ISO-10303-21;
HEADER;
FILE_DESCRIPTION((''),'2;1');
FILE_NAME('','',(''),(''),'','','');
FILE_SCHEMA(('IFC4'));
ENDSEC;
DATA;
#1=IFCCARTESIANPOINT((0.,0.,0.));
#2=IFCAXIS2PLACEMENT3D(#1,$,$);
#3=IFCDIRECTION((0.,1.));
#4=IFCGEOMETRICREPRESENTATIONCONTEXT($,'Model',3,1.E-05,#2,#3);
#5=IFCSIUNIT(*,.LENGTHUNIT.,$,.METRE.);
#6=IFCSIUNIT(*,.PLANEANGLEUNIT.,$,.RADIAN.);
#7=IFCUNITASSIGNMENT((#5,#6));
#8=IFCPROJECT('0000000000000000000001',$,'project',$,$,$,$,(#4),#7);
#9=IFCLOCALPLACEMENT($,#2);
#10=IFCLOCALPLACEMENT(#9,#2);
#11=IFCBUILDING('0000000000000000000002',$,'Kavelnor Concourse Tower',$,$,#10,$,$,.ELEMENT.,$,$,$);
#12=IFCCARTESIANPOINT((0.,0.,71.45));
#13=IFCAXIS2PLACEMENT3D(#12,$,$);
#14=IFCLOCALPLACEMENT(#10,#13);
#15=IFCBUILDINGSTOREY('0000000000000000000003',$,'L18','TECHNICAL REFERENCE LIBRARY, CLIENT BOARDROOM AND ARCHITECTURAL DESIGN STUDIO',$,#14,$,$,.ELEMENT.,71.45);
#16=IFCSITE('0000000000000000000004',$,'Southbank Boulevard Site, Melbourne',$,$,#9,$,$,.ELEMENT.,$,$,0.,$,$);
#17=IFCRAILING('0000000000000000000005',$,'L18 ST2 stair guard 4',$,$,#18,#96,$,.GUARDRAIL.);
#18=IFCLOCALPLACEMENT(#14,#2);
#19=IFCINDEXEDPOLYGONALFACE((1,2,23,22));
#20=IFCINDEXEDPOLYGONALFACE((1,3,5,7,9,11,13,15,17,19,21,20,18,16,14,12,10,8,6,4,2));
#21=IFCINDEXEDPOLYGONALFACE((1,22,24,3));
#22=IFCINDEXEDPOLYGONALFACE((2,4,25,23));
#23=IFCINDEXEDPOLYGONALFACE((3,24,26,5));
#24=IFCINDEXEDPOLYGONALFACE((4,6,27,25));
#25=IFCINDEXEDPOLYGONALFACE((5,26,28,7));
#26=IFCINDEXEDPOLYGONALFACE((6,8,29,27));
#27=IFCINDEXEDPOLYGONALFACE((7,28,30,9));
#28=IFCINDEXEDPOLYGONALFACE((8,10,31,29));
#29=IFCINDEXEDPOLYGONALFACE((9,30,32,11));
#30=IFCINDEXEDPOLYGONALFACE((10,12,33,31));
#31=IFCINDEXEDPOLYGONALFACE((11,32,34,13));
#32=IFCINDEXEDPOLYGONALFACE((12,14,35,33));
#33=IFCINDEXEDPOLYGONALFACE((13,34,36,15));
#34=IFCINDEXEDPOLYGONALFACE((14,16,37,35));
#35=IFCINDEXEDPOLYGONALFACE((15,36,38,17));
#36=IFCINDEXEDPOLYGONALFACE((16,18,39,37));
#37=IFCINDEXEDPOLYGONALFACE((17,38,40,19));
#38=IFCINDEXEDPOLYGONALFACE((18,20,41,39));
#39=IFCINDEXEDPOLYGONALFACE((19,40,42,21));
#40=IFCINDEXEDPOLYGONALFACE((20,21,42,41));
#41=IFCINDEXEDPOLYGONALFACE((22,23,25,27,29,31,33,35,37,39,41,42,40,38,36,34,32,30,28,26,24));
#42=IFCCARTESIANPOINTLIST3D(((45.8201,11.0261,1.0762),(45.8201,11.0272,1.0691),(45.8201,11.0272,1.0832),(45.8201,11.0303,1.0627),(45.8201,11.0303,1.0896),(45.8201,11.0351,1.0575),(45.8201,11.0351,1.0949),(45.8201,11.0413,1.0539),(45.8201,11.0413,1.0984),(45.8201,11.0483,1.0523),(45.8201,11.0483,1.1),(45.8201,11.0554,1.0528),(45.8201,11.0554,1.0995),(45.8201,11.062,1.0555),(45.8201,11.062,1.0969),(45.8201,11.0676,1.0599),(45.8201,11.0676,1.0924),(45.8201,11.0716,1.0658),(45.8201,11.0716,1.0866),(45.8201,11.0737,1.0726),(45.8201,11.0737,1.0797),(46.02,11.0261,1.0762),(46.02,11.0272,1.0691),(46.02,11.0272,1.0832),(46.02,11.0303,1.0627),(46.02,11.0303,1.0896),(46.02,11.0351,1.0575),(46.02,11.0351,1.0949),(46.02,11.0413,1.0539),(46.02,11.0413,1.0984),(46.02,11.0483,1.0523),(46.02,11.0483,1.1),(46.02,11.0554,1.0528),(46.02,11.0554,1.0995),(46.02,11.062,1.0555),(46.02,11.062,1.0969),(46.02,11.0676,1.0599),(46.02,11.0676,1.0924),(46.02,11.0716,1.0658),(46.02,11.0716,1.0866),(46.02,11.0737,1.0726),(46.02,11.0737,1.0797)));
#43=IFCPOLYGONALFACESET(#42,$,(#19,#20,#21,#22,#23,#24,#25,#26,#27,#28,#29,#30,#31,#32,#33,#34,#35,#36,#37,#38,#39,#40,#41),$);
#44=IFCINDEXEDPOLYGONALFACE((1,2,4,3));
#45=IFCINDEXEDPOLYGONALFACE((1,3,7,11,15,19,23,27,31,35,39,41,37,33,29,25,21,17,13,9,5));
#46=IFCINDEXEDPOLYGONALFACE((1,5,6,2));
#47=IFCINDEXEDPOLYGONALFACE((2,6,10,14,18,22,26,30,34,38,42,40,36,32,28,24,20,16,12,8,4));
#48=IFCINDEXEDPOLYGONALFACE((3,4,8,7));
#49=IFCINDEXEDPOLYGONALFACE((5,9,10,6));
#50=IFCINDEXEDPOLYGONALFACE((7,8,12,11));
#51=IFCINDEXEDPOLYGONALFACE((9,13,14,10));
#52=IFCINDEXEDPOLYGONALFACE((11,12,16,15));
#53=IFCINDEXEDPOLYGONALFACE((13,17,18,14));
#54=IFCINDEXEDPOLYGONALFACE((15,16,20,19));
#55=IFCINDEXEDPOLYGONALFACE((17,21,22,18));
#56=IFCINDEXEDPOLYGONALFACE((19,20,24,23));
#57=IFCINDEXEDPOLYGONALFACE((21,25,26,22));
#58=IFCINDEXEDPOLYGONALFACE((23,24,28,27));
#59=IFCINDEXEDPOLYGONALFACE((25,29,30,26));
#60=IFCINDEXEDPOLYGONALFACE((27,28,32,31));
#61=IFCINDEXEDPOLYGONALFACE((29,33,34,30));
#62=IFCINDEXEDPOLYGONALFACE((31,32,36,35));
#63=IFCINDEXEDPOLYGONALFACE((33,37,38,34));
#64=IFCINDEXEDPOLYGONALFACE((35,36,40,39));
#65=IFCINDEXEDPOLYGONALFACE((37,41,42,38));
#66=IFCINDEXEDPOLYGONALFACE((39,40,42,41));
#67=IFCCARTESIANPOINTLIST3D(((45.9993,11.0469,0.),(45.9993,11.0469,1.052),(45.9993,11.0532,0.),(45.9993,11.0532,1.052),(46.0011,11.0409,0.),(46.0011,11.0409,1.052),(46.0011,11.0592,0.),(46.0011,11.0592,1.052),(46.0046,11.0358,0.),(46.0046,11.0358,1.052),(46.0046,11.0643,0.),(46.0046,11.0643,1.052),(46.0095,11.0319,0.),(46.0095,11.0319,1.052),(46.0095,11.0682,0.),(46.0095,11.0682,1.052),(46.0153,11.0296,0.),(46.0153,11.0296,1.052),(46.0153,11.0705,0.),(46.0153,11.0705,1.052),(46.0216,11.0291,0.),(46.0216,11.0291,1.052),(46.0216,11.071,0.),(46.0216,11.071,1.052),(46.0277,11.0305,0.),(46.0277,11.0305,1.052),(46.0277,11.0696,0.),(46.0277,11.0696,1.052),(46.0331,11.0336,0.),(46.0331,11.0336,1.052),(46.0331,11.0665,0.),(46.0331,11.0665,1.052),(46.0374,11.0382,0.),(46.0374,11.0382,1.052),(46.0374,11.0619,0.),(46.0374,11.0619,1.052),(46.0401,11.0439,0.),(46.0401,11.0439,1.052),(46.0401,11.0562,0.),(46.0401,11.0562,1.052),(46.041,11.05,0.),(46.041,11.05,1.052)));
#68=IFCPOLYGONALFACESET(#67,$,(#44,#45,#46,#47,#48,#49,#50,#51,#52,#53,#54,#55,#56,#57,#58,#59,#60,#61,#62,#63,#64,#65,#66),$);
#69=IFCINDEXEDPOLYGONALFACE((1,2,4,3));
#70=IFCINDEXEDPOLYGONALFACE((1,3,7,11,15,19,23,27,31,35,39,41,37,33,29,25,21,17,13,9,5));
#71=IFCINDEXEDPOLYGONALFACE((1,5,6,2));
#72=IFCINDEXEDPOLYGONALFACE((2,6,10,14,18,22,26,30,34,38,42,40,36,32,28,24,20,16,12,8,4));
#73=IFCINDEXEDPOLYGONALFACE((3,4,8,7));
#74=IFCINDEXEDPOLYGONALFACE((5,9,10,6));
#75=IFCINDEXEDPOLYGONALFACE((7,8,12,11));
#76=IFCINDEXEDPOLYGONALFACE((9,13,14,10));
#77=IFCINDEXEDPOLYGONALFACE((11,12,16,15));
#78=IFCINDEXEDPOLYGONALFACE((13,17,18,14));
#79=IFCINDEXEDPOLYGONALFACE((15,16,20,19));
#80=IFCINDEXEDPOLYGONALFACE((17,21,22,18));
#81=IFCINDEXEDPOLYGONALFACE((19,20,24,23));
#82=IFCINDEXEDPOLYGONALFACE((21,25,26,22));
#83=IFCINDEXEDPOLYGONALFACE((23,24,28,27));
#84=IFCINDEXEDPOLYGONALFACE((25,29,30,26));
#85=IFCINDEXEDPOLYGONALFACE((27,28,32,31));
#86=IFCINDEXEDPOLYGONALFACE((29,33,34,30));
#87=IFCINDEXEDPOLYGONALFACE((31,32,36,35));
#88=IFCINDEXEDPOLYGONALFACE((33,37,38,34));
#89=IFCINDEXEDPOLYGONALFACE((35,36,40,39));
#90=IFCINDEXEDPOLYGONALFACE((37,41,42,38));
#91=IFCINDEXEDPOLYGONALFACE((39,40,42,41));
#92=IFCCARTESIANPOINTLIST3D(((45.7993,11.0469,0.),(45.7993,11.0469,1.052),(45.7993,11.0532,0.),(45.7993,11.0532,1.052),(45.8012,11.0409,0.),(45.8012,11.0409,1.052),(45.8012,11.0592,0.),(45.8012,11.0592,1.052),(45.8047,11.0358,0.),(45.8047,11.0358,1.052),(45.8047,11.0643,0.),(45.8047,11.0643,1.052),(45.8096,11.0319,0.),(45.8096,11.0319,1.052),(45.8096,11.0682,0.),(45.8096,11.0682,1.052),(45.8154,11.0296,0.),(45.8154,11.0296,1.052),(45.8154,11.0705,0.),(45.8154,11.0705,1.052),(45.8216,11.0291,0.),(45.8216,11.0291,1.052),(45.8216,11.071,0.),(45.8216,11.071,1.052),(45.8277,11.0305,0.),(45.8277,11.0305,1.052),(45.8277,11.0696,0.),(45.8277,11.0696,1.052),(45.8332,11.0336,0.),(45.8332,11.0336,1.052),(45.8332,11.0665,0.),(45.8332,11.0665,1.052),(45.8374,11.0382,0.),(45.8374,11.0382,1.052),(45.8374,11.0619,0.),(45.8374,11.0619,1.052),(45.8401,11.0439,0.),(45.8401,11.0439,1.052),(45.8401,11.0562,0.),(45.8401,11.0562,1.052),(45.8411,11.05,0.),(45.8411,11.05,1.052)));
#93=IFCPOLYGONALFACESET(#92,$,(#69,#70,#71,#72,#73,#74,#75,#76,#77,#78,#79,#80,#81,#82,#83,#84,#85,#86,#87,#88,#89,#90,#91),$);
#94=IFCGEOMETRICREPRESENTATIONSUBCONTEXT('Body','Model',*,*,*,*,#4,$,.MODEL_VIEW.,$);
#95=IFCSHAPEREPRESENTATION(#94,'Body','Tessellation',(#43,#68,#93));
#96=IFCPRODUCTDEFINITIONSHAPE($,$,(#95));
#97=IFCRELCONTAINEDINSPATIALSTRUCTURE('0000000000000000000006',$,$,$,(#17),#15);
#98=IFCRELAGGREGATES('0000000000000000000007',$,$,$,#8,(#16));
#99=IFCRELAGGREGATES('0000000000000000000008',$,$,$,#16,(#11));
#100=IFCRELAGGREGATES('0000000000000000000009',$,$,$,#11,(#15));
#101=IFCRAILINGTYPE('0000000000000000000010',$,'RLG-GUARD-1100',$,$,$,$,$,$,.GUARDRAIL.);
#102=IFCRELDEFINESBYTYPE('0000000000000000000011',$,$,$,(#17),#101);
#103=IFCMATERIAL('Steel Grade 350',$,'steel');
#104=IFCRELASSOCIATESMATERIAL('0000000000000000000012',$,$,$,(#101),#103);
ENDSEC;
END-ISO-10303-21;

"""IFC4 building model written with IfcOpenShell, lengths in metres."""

from ifc_helpers import new_model, si_unit, direction, frame, origin, origin_2d, place, context, subcontext, project, spatial, circle, extrude, material, type_object, element, save


model = new_model("IFC4")

# Units and contexts
model_context = context("Model", 3, precision=1e-05, world=origin(), true_north=direction((0.0, 1.0)))
body_context = subcontext(model_context, "Body", "Model", "MODEL_VIEW")
ifc_project = project(units=[si_unit("LENGTHUNIT", "METRE"), si_unit("PLANEANGLEUNIT", "RADIAN")], contexts=[model_context])

# Site, building, storey
site_placement = place(None, origin())
site = spatial("IfcSite", under=ifc_project, at=site_placement, Name="Southbank Boulevard Site, Melbourne", CompositionType="ELEMENT", RefElevation=0.0)
building_placement = place(site_placement, origin())
building = spatial("IfcBuilding", under=site, at=building_placement, Name="Kavelnor Concourse Tower", CompositionType="ELEMENT")
storey_placement = place(building_placement, frame((0.0, 0.0, 71.45)))
storey = spatial("IfcBuildingStorey", under=building, at=storey_placement, Name="L18", Description="TECHNICAL REFERENCE LIBRARY, CLIENT BOARDROOM AND ARCHITECTURAL DESIGN STUDIO", CompositionType="ELEMENT", Elevation=71.45)

# Shared definitions
ifc_material_1 = material(Name="Steel Grade 350", Category="steel")

# Railing
railing_type_1 = type_object("IfcRailingType", Name="RLG-GUARD-1100", PredefinedType="GUARDRAIL", material=ifc_material_1)
railing_1_placement = place(storey_placement, frame((46.02, 11.05, 0.0)))
element("IfcRailing", 1, at=railing_1_placement, inside=storey, type_object=railing_type_1, Name="L18 ST2 stair guard 4", PredefinedType="GUARDRAIL", context=body_context, shape_type="SweptSolid", body=[
    extrude(circle(Radius=0.0239, at=origin_2d()), frame((0.0, 0.0, 1.0762), z_axis=(-1.0, 0.0, 0.0), x_axis=(0.0, -1.0, 0.0)), (0.0, 0.0, 1.0), 0.2),
    extrude(circle(Radius=0.021, at=origin_2d()), origin(), (0.0, 0.0, 1.0), 1.052),
    extrude(circle(Radius=0.021, at=origin_2d()), frame((-0.2, 0.0, 0.0)), (0.0, 0.0, 1.0), 1.052),
])

save(model, "model.ifc")
